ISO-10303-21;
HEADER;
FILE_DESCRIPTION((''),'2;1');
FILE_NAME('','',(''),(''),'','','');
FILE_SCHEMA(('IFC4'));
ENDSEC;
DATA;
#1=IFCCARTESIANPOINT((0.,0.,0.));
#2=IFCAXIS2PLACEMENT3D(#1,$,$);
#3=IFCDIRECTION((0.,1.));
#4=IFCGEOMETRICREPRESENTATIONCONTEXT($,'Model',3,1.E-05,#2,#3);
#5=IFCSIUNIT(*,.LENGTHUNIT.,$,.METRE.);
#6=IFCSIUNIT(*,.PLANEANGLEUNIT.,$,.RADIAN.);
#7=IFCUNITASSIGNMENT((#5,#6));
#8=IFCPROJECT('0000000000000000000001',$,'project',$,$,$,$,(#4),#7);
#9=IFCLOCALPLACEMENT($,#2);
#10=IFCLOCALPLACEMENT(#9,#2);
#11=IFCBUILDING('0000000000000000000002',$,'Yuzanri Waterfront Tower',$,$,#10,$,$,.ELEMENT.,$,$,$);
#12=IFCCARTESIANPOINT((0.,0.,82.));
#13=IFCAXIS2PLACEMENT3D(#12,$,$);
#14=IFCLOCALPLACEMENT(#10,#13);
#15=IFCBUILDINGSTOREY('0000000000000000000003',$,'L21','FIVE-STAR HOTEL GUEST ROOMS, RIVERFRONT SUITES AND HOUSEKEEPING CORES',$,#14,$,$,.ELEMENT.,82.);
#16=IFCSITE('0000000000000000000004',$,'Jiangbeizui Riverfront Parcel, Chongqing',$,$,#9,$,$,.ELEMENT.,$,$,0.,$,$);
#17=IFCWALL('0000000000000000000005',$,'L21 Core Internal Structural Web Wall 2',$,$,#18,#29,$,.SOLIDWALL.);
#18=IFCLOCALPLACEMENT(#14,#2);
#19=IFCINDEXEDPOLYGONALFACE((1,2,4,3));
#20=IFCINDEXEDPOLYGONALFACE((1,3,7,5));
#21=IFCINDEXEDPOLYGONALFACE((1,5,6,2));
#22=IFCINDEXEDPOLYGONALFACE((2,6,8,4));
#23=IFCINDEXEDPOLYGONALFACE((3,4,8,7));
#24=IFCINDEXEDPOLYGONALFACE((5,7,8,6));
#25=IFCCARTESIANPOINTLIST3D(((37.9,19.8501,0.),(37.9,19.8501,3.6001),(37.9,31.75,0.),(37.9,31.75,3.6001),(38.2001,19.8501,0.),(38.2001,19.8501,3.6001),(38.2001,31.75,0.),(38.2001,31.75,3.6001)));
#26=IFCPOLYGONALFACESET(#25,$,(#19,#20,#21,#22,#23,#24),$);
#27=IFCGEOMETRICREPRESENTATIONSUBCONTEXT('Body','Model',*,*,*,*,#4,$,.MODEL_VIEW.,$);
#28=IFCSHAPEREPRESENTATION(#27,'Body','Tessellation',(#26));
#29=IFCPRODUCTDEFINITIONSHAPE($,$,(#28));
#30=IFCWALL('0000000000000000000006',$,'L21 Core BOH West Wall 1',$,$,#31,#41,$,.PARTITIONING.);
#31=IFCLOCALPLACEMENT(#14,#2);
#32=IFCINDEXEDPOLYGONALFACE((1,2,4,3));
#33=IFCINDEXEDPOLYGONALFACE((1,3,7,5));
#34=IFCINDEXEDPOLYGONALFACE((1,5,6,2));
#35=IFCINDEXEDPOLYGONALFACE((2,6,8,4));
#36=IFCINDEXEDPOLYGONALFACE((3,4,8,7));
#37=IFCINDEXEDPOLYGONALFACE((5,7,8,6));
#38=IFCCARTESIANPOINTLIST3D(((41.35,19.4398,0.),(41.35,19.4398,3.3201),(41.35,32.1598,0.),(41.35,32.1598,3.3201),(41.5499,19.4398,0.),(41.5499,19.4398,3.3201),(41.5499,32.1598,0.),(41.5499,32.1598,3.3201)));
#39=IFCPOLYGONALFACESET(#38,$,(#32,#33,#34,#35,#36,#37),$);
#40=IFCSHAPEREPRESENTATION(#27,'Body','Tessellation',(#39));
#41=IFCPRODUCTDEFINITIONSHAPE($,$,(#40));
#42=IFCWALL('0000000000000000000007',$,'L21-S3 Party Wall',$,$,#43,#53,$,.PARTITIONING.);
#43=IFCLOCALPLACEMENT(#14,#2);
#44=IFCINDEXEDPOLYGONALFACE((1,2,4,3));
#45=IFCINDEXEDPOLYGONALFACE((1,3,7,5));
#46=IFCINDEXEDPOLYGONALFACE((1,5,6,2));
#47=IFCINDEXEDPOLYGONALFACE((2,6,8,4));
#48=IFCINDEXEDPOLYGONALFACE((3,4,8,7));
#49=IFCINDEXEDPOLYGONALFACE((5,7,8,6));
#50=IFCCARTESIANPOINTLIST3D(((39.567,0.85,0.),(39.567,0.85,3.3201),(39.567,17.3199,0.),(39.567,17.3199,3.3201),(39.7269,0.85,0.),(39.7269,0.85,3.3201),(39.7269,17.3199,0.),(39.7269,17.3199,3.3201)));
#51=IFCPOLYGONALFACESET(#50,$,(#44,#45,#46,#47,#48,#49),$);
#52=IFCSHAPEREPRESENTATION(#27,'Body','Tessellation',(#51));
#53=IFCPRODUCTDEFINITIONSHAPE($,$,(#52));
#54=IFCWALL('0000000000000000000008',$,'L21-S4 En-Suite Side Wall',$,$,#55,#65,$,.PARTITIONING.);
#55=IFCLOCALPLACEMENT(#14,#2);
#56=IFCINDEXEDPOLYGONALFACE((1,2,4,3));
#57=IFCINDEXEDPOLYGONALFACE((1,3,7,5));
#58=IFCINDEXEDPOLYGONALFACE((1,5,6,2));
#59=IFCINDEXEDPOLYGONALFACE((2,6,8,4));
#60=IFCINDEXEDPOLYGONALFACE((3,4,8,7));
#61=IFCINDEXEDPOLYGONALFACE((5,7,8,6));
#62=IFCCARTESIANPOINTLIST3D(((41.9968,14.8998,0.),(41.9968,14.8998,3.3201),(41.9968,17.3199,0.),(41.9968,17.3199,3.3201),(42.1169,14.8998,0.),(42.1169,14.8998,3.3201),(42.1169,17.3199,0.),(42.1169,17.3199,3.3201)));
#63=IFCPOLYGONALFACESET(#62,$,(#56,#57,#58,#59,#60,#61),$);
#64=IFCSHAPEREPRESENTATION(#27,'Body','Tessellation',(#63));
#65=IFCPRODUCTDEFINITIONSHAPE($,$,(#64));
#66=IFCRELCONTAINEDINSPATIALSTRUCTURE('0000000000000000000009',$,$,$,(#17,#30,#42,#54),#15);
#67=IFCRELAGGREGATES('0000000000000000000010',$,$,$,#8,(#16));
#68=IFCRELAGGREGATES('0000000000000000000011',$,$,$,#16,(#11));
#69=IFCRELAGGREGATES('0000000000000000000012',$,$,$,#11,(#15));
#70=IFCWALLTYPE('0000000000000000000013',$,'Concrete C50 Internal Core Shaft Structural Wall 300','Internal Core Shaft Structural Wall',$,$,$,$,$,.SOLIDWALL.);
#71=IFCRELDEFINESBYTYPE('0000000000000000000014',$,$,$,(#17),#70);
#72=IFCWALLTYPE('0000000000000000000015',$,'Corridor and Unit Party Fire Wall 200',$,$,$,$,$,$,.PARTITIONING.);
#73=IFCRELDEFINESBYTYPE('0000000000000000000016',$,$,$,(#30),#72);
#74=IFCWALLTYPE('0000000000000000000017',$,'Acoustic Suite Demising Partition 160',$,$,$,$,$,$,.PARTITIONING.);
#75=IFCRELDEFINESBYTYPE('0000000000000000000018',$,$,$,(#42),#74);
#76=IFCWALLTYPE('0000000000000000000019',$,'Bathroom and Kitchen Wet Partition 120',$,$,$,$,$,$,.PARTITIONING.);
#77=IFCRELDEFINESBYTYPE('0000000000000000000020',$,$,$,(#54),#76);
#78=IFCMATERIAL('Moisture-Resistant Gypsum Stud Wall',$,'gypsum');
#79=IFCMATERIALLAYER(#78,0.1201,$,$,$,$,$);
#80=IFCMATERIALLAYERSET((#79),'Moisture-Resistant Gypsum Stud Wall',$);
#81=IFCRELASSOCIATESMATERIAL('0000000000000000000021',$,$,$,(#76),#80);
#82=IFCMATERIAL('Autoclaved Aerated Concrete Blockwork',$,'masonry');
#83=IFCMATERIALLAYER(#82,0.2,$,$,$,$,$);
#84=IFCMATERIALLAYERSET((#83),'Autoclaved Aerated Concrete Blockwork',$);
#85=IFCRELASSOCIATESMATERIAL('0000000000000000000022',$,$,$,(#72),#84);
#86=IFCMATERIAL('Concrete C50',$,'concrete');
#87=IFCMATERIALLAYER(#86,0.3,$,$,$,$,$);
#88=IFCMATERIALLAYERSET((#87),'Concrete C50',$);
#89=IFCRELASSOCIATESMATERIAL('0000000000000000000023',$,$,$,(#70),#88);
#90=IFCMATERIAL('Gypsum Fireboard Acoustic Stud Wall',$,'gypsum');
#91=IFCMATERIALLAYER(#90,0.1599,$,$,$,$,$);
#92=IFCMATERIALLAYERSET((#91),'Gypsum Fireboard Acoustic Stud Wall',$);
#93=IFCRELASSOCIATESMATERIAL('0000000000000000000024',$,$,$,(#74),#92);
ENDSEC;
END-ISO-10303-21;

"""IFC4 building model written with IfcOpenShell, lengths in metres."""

from ifc_helpers import new_model, si_unit, direction, frame, frame_2d, origin, place, context, subcontext, project, spatial, rectangle, extrude, source, transform, mapped, material, layer, layer_set, type_object, element, save


model = new_model("IFC4")

# Units and contexts
model_context = context("Model", 3, precision=1e-05, world=origin(), true_north=direction((0.0, 1.0)))
body_context = subcontext(model_context, "Body", "Model", "MODEL_VIEW")
ifc_project = project(units=[si_unit("LENGTHUNIT", "METRE"), si_unit("PLANEANGLEUNIT", "RADIAN")], contexts=[model_context])

# Site, building, storey
site_placement = place(None, origin())
site = spatial("IfcSite", under=ifc_project, at=site_placement, Name="Jiangbeizui Riverfront Parcel, Chongqing", CompositionType="ELEMENT", RefElevation=0.0)
building_placement = place(site_placement, origin())
building = spatial("IfcBuilding", under=site, at=building_placement, Name="Yuzanri Waterfront Tower", CompositionType="ELEMENT")
storey_placement = place(building_placement, frame((0.0, 0.0, 82.0)))
storey = spatial("IfcBuildingStorey", under=building, at=storey_placement, Name="L21", Description="FIVE-STAR HOTEL GUEST ROOMS, RIVERFRONT SUITES AND HOUSEKEEPING CORES", CompositionType="ELEMENT", Elevation=82.0)

# Shared definitions
ifc_material_1 = material(Name="Moisture-Resistant Gypsum Stud Wall", Category="gypsum")
ifc_layer_1 = layer(ifc_material_1, 0.1201)
ifc_layer_set_1 = layer_set([ifc_layer_1], Name="Moisture-Resistant Gypsum Stud Wall")
wall_type_1 = type_object("IfcWallType", Name="Bathroom and Kitchen Wet Partition 120", PredefinedType="PARTITIONING", material=ifc_layer_set_1)
ifc_material_2 = material(Name="Autoclaved Aerated Concrete Blockwork", Category="masonry")
ifc_layer_2 = layer(ifc_material_2, 0.2)
ifc_layer_set_2 = layer_set([ifc_layer_2], Name="Autoclaved Aerated Concrete Blockwork")
wall_type_2 = type_object("IfcWallType", Name="Corridor and Unit Party Fire Wall 200", PredefinedType="PARTITIONING", material=ifc_layer_set_2)

# Walls
ifc_material_3 = material(Name="Concrete C50", Category="concrete")
ifc_layer_3 = layer(ifc_material_3, 0.3)
ifc_layer_set_3 = layer_set([ifc_layer_3], Name="Concrete C50")
wall_type_3 = type_object("IfcWallType", Name="Concrete C50 Internal Core Shaft Structural Wall 300", Description="Internal Core Shaft Structural Wall", PredefinedType="SOLIDWALL", material=ifc_layer_set_3)
shared_shape_1 = source(origin(), body_context, "Body", "SweptSolid", [
    extrude(rectangle(XDim=11.8999, YDim=0.3, at=frame_2d((5.95, 0.0))), origin(), (0.0, 0.0, 1.0), 3.6001),
])
wall_1_placement = place(storey_placement, frame((38.05, 19.8501, 0.0), z_axis=(0.0, 0.0, 1.0), x_axis=(0.0, 1.0, 0.0)))
element("IfcWall", 1, at=wall_1_placement, inside=storey, type_object=wall_type_3, Name="L21 Core Internal Structural Web Wall 2", PredefinedType="SOLIDWALL", context=body_context, shape_type="MappedRepresentation", body=[
    mapped(shared_shape_1, transform((0.0, 0.0, 0.0), scale=1.0)),
])
shared_shape_2 = source(origin(), body_context, "Body", "SweptSolid", [
    extrude(rectangle(XDim=12.72, YDim=0.2, at=frame_2d((6.3599, 0.0))), origin(), (0.0, 0.0, 1.0), 3.3201),
])
wall_2_placement = place(storey_placement, frame((41.45, 19.4399, 0.0), z_axis=(0.0, 0.0, 1.0), x_axis=(0.0, 1.0, 0.0)))
element("IfcWall", 2, at=wall_2_placement, inside=storey, type_object=wall_type_2, Name="L21 Core BOH West Wall 1", PredefinedType="PARTITIONING", context=body_context, shape_type="MappedRepresentation", body=[
    mapped(shared_shape_2, transform((0.0, 0.0, 0.0), scale=1.0)),
])
ifc_material_4 = material(Name="Gypsum Fireboard Acoustic Stud Wall", Category="gypsum")
ifc_layer_4 = layer(ifc_material_4, 0.1599)
ifc_layer_set_4 = layer_set([ifc_layer_4], Name="Gypsum Fireboard Acoustic Stud Wall")
wall_type_4 = type_object("IfcWallType", Name="Acoustic Suite Demising Partition 160", PredefinedType="PARTITIONING", material=ifc_layer_set_4)
shared_shape_3 = source(origin(), body_context, "Body", "SweptSolid", [
    extrude(rectangle(XDim=16.47, YDim=0.1599, at=frame_2d((8.2349, 0.0))), origin(), (0.0, 0.0, 1.0), 3.3201),
])
wall_3_placement = place(storey_placement, frame((39.647, 0.8501, 0.0), z_axis=(0.0, 0.0, 1.0), x_axis=(0.0, 1.0, 0.0)))
element("IfcWall", 3, at=wall_3_placement, inside=storey, type_object=wall_type_4, Name="L21-S3 Party Wall", PredefinedType="PARTITIONING", context=body_context, shape_type="MappedRepresentation", body=[
    mapped(shared_shape_3, transform((0.0, 0.0, 0.0), scale=1.0)),
])
shared_shape_4 = source(origin(), body_context, "Body", "SweptSolid", [
    extrude(rectangle(XDim=2.4202, YDim=0.1201, at=frame_2d((1.21, 0.0))), origin(), (0.0, 0.0, 1.0), 3.3201),
])
wall_4_placement = place(storey_placement, frame((42.0569, 14.8999, 0.0), z_axis=(0.0, 0.0, 1.0), x_axis=(0.0, 1.0, 0.0)))
element("IfcWall", 4, at=wall_4_placement, inside=storey, type_object=wall_type_1, Name="L21-S4 En-Suite Side Wall", PredefinedType="PARTITIONING", context=body_context, shape_type="MappedRepresentation", body=[
    mapped(shared_shape_4, transform((0.0, 0.0, 0.0), scale=1.0)),
])

save(model, "model.ifc")
